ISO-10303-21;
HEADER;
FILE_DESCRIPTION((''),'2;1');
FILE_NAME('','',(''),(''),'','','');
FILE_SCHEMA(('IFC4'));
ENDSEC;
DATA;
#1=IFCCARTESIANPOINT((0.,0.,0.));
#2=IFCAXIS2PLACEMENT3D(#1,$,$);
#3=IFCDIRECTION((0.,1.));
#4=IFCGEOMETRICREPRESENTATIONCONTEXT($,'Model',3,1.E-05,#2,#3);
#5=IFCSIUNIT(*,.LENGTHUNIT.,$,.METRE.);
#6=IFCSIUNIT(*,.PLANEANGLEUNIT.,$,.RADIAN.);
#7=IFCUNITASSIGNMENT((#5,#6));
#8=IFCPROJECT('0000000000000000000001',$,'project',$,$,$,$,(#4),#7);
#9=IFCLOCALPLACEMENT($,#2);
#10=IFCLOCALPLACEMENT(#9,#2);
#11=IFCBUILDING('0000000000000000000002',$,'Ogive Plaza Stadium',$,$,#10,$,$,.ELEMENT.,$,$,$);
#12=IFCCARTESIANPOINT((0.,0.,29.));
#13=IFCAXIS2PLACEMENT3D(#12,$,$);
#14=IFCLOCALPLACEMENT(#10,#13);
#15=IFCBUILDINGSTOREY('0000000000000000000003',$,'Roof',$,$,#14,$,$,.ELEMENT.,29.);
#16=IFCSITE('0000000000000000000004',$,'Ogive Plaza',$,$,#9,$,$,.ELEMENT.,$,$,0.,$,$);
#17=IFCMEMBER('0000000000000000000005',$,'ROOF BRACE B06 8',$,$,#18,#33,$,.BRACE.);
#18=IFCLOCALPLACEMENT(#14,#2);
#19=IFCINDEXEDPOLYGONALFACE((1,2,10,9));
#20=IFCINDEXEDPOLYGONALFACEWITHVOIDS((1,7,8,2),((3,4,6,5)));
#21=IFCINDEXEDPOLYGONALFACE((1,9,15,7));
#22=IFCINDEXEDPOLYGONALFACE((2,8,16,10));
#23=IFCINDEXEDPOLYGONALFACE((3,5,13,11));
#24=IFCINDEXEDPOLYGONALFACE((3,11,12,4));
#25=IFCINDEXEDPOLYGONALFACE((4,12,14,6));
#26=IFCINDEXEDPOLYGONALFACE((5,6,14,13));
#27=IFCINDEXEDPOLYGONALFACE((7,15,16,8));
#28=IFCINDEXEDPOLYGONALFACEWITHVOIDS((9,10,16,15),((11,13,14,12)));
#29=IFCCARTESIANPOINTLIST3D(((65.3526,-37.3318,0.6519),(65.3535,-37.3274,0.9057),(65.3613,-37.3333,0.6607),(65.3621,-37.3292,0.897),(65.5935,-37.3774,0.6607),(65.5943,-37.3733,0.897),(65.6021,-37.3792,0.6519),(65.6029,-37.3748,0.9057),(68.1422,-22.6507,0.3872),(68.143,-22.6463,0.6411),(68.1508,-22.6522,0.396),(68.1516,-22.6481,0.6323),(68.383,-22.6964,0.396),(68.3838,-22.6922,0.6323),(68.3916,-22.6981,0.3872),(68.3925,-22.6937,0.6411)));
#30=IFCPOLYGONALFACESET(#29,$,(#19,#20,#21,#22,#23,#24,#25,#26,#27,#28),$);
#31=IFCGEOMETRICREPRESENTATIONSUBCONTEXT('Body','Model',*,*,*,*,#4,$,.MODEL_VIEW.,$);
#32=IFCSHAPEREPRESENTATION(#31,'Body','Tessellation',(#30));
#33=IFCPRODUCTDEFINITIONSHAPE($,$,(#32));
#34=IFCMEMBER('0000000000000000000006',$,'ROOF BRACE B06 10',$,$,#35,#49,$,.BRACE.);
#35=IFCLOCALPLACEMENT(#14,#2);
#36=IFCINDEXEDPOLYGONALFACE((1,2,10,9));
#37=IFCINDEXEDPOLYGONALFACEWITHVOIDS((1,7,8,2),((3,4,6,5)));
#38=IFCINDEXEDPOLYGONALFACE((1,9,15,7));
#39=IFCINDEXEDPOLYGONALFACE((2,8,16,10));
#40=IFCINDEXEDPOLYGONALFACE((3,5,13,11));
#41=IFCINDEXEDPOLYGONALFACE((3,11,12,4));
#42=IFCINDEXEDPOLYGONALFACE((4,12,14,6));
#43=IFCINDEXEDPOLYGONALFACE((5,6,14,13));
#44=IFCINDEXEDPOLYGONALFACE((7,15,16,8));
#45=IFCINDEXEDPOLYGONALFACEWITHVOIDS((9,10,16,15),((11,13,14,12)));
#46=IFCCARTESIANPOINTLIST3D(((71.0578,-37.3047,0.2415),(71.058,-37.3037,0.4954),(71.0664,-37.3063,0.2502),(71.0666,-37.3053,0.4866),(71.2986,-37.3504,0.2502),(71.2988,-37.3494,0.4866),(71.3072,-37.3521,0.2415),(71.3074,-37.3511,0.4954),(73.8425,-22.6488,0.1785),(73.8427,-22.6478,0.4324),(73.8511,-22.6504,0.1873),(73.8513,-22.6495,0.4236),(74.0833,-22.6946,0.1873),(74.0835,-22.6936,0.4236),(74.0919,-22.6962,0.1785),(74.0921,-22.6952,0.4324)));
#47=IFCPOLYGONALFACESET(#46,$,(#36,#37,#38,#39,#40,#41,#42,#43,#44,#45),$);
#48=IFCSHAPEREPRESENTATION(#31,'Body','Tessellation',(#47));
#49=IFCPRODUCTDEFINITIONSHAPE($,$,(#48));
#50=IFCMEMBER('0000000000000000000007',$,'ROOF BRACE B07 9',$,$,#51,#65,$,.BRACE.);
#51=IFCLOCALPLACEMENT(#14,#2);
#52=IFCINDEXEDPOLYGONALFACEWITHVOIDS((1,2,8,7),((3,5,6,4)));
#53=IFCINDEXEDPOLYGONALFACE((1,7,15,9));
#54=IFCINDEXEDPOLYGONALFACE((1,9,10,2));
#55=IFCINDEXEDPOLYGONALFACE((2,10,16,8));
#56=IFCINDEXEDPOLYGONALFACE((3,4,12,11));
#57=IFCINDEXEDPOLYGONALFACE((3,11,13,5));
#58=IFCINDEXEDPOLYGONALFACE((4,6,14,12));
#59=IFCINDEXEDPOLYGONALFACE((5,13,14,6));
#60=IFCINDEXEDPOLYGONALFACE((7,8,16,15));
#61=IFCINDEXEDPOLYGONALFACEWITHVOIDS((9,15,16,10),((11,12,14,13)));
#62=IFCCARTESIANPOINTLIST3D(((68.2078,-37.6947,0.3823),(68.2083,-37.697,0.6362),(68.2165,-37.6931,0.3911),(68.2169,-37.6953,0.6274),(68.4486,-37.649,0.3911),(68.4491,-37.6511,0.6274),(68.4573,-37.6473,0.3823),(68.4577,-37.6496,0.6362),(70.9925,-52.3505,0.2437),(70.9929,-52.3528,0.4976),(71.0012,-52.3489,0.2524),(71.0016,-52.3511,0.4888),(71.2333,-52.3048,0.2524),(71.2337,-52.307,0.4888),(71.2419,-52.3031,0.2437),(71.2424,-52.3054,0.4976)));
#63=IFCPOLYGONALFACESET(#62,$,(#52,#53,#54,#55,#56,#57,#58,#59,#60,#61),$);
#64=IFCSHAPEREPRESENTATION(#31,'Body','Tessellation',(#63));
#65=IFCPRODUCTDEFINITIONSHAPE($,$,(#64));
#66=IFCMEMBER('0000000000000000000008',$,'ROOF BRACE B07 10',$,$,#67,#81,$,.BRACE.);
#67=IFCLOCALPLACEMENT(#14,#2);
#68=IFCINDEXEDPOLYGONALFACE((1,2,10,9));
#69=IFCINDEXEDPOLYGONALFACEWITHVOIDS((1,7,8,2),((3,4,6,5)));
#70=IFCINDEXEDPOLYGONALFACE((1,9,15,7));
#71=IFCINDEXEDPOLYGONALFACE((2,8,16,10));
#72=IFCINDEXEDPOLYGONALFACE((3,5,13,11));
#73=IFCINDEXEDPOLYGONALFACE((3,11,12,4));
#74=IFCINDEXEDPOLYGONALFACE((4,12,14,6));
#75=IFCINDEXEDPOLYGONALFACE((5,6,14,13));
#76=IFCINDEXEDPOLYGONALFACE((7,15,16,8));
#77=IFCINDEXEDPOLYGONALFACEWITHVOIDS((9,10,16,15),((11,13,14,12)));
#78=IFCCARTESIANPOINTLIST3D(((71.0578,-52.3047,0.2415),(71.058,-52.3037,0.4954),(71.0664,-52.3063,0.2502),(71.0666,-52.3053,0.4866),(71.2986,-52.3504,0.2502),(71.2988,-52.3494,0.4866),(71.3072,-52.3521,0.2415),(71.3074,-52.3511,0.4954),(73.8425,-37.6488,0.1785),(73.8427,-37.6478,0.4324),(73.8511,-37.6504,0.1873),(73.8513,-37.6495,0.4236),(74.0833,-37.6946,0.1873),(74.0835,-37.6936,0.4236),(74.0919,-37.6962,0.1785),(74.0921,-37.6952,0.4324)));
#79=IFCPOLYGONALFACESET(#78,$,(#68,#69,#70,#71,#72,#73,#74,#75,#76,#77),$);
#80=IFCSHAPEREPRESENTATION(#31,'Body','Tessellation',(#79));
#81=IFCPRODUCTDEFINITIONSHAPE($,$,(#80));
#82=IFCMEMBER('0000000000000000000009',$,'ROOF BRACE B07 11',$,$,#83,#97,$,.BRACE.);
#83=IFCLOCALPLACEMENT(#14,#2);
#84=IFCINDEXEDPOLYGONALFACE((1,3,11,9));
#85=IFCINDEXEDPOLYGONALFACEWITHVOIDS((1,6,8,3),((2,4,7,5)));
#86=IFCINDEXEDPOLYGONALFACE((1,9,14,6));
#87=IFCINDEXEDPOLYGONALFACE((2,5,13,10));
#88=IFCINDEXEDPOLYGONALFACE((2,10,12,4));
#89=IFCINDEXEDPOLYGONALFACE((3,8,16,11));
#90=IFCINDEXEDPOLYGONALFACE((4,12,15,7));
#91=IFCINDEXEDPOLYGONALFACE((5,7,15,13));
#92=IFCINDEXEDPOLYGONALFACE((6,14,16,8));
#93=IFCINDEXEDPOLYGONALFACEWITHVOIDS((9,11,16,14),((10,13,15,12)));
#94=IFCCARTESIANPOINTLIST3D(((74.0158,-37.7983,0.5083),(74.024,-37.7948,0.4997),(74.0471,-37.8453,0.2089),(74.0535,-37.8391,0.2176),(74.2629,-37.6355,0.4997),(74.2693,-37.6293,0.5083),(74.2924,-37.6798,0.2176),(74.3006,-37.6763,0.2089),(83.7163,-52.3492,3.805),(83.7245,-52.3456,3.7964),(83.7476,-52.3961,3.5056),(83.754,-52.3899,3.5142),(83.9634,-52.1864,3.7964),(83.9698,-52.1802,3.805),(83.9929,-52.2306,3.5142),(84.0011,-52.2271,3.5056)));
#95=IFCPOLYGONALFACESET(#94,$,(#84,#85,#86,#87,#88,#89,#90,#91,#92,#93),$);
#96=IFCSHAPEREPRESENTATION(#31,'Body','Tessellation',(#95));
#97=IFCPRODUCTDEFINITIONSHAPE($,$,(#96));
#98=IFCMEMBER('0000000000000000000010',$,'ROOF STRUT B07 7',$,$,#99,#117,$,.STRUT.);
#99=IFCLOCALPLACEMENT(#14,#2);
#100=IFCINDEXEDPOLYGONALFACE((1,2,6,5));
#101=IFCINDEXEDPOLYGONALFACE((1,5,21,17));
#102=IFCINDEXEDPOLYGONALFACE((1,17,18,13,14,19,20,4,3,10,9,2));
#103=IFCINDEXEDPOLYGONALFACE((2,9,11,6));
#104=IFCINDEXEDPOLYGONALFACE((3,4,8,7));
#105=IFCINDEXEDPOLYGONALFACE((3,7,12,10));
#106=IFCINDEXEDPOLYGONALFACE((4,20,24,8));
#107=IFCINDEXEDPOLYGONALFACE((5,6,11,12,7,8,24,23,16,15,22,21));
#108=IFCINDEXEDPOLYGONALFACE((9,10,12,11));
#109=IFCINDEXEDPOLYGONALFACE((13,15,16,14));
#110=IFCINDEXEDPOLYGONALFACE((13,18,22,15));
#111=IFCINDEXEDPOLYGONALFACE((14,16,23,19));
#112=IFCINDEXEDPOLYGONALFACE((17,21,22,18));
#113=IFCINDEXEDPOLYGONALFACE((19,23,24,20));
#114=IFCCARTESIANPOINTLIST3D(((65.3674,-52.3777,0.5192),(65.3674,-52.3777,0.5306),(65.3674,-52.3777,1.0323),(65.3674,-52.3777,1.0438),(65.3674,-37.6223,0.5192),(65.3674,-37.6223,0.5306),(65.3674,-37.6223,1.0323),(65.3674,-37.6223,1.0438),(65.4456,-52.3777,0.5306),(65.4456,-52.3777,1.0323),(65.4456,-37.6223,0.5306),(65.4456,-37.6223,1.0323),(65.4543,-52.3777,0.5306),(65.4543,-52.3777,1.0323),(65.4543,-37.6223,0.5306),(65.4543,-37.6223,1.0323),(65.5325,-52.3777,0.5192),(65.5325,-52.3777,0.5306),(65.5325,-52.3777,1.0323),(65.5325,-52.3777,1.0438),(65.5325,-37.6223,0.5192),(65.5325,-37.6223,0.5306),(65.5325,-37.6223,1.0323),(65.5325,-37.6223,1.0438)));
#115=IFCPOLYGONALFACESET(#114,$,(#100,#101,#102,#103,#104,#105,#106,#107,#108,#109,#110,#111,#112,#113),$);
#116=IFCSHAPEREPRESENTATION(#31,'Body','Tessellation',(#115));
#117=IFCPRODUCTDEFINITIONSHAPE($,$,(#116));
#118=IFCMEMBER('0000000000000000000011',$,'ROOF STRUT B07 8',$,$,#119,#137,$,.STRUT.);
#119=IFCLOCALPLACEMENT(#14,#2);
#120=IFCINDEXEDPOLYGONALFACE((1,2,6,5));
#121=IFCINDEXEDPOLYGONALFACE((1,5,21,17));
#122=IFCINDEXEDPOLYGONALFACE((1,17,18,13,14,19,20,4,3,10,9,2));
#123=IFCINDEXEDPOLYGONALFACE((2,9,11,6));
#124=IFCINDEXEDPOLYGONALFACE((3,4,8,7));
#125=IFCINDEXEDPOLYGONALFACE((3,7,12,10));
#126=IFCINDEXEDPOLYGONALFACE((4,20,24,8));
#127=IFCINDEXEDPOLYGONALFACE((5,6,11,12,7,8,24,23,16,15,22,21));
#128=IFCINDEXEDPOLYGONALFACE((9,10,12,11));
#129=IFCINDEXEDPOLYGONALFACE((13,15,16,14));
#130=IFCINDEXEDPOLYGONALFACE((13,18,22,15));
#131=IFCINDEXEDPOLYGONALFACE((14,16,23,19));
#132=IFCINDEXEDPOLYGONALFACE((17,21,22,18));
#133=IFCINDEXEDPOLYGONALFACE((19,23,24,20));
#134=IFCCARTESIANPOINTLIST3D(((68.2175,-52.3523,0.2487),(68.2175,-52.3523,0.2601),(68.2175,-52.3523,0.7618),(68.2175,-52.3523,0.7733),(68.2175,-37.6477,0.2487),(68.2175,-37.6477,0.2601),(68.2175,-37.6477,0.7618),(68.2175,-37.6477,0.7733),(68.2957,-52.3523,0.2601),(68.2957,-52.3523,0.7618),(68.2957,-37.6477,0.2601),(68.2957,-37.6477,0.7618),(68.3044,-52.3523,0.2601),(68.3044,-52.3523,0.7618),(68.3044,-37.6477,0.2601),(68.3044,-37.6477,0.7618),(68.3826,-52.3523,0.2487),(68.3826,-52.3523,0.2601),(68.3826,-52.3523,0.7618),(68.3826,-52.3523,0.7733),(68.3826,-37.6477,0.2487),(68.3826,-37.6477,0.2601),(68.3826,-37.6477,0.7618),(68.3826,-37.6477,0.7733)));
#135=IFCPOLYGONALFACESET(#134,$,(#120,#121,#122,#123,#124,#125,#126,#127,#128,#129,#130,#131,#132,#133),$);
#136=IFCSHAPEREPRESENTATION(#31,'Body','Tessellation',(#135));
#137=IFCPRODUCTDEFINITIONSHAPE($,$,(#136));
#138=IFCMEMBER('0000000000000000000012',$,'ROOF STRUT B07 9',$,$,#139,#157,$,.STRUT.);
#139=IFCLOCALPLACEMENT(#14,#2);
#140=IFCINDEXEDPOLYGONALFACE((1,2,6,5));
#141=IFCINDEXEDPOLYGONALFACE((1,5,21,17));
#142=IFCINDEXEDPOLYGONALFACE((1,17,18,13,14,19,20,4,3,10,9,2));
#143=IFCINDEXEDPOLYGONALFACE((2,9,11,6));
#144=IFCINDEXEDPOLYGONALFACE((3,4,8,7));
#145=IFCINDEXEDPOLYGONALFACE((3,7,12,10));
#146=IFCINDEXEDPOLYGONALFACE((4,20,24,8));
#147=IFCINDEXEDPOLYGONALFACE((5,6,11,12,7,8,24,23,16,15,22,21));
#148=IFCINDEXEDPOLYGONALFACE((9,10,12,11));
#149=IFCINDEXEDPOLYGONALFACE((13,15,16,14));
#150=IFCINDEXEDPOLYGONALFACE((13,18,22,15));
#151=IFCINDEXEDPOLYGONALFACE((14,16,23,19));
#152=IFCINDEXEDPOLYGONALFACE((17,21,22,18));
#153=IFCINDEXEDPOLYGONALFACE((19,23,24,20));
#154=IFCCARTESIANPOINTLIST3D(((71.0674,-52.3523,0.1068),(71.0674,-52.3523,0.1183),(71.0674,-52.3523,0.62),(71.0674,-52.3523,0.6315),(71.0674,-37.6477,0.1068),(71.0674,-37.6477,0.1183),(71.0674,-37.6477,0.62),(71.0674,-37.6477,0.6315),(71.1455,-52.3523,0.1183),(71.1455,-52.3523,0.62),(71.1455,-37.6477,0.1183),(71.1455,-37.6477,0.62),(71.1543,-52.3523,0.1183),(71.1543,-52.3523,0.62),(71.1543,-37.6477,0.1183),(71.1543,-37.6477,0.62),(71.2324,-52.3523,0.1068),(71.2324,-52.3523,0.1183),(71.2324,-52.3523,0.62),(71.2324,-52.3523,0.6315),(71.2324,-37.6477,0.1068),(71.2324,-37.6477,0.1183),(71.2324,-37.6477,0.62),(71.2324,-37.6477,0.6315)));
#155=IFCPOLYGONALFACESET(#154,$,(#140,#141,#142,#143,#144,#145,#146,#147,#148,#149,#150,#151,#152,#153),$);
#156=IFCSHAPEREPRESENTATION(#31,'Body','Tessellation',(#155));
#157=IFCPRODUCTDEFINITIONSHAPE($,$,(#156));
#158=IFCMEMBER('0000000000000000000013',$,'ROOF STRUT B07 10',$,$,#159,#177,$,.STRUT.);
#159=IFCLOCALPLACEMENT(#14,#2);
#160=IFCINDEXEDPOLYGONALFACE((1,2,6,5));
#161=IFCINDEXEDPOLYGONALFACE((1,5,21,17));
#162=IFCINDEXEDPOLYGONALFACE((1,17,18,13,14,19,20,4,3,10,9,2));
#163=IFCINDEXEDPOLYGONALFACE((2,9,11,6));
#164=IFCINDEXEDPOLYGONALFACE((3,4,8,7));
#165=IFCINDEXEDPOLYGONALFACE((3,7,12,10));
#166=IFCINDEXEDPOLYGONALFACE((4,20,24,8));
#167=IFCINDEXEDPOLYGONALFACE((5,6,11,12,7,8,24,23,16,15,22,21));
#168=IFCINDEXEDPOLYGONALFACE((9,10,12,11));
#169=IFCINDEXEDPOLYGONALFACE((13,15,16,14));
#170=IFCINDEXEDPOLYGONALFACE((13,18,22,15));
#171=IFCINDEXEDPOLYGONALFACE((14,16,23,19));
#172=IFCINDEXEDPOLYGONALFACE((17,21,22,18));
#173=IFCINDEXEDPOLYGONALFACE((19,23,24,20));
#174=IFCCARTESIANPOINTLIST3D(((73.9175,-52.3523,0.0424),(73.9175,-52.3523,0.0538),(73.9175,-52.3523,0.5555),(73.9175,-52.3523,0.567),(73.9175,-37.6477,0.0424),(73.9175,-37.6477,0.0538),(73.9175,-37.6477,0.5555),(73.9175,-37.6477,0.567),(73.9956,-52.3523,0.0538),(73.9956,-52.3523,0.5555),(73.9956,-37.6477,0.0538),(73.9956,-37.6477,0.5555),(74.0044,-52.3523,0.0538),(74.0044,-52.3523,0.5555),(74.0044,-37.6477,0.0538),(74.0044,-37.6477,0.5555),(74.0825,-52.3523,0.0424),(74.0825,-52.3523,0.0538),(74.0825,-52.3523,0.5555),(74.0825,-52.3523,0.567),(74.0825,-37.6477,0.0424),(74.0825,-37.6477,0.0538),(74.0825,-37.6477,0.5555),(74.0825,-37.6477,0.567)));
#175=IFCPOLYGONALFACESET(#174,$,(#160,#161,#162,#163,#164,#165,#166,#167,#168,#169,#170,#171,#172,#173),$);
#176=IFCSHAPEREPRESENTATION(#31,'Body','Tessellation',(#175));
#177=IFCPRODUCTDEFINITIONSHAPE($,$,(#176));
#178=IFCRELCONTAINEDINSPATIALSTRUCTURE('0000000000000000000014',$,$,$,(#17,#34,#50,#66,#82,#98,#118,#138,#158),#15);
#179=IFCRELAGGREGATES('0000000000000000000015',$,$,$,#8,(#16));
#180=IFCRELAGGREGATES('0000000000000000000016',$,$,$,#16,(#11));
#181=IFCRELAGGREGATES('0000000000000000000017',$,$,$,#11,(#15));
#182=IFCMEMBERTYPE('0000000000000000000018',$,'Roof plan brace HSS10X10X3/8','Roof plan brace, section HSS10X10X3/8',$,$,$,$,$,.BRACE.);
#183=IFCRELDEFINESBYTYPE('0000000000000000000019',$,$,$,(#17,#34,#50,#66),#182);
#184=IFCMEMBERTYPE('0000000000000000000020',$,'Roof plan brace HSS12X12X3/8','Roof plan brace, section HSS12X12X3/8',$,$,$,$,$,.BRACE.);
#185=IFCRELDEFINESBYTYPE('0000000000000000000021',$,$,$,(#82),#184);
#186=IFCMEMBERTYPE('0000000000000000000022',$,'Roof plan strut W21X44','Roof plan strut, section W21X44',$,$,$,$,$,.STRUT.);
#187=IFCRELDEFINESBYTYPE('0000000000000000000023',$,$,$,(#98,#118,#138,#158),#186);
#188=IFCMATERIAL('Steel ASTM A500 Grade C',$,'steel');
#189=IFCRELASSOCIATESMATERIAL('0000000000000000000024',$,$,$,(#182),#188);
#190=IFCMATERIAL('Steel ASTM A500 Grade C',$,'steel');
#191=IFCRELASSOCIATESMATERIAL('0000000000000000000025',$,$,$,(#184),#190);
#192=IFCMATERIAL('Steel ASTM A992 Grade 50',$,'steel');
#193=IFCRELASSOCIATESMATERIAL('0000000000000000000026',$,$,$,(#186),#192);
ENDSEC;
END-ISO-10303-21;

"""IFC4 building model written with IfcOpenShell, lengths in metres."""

from ifc_helpers import new_model, si_unit, direction, frame, origin, origin_2d, place, context, subcontext, project, spatial, hollow_rectangle, i_section, extrude, material, material_profile, profile_set, type_object, element, save


model = new_model("IFC4")

# Units and contexts
model_context = context("Model", 3, precision=1e-05, world=origin(), true_north=direction((0.0, 1.0)))
body_context = subcontext(model_context, "Body", "Model", "MODEL_VIEW")
ifc_project = project(units=[si_unit("LENGTHUNIT", "METRE"), si_unit("PLANEANGLEUNIT", "RADIAN")], contexts=[model_context])

# Site, building, storey
site_placement = place(None, origin())
site = spatial("IfcSite", under=ifc_project, at=site_placement, Name="Ogive Plaza", CompositionType="ELEMENT", RefElevation=0.0)
building_placement = place(site_placement, origin())
building = spatial("IfcBuilding", under=site, at=building_placement, Name="Ogive Plaza Stadium", CompositionType="ELEMENT")
storey_placement = place(building_placement, frame((0.0, 0.0, 29.0)))
storey = spatial("IfcBuildingStorey", under=building, at=storey_placement, Name="Roof", CompositionType="ELEMENT", Elevation=29.0)

# Members
ifc_material_1 = material(Name="Steel ASTM A500 Grade C", Category="steel")
ifc_material_profile_1 = material_profile(ifc_material_1, hollow_rectangle(XDim=0.2539, YDim=0.2539, WallThickness=0.0088, at=origin_2d()), Name="HSS10X10X3/8")
ifc_profile_set_1 = profile_set([ifc_material_profile_1], Name="Steel ASTM A500 Grade C")
member_type_1 = type_object("IfcMemberType", Name="Roof plan brace HSS10X10X3/8", Description="Roof plan brace, section HSS10X10X3/8", PredefinedType="BRACE", material=ifc_profile_set_1)
member_1_placement = place(storey_placement, frame((65.4778, -37.3533, 0.7788), z_axis=(0.18664, 0.982269, -0.017707), x_axis=(-0.982423, 0.186669, 0.0)))
element("IfcMember", 1, at=member_1_placement, inside=storey, type_object=member_type_1, Name="ROOF BRACE B06 8", PredefinedType="BRACE", context=body_context, shape_type="SweptSolid", body=[
    extrude(hollow_rectangle(XDim=0.2539, YDim=0.2539, WallThickness=0.0088, at=origin_2d()), origin(), (0.0, 0.0, 1.0), 14.946),
])
member_2_placement = place(storey_placement, frame((71.1826, -37.3279, 0.3684), z_axis=(0.186664, 0.982415, -0.004222), x_axis=(-0.982424, 0.186665, 0.0)))
element("IfcMember", 2, at=member_2_placement, inside=storey, type_object=member_type_1, Name="ROOF BRACE B06 10", PredefinedType="BRACE", context=body_context, shape_type="SweptSolid", body=[
    extrude(hollow_rectangle(XDim=0.2539, YDim=0.2539, WallThickness=0.0088, at=origin_2d()), origin(), (0.0, 0.0, 1.0), 14.9182),
])
member_3_placement = place(storey_placement, frame((68.3328, -37.6721, 0.5093), z_axis=(0.186657, -0.982381, -0.009295), x_axis=(0.982424, 0.186665, 0.0)))
element("IfcMember", 3, at=member_3_placement, inside=storey, type_object=member_type_1, Name="ROOF BRACE B07 9", PredefinedType="BRACE", context=body_context, shape_type="SweptSolid", body=[
    extrude(hollow_rectangle(XDim=0.2539, YDim=0.2539, WallThickness=0.0088, at=origin_2d()), origin(), (0.0, 0.0, 1.0), 14.9187),
])
member_4_placement = place(storey_placement, frame((71.1826, -52.3279, 0.3684), z_axis=(0.186664, 0.982415, -0.004222), x_axis=(-0.982424, 0.186665, 0.0)))
element("IfcMember", 4, at=member_4_placement, inside=storey, type_object=member_type_1, Name="ROOF BRACE B07 10", PredefinedType="BRACE", context=body_context, shape_type="SweptSolid", body=[
    extrude(hollow_rectangle(XDim=0.2539, YDim=0.2539, WallThickness=0.0088, at=origin_2d()), origin(), (0.0, 0.0, 1.0), 14.9182),
])
ifc_material_2 = material(Name="Steel ASTM A500 Grade C", Category="steel")
ifc_material_profile_2 = material_profile(ifc_material_2, hollow_rectangle(XDim=0.3047, YDim=0.3047, WallThickness=0.0088, at=origin_2d()), Name="HSS12X12X3/8")
ifc_profile_set_2 = profile_set([ifc_material_profile_2], Name="Steel ASTM A500 Grade C")
member_type_2 = type_object("IfcMemberType", Name="Roof plan brace HSS12X12X3/8", Description="Roof plan brace, section HSS12X12X3/8", PredefinedType="BRACE", material=ifc_profile_set_2)
member_5_placement = place(storey_placement, frame((74.1582, -37.7373, 0.3586), z_axis=(0.545096, -0.817651, 0.185247), x_axis=(0.832052, 0.554697, 0.0)))
element("IfcMember", 5, at=member_5_placement, inside=storey, type_object=member_type_2, Name="ROOF BRACE B07 11", PredefinedType="BRACE", context=body_context, shape_type="SweptSolid", body=[
    extrude(hollow_rectangle(XDim=0.3047, YDim=0.3047, WallThickness=0.0088, at=origin_2d()), origin(), (0.0, 0.0, 1.0), 17.7959),
])
ifc_material_3 = material(Name="Steel ASTM A992 Grade 50", Category="steel")
ifc_material_profile_3 = material_profile(ifc_material_3, i_section(OverallWidth=0.165, OverallDepth=0.5247, WebThickness=0.0088, FlangeThickness=0.0115, at=origin_2d()), Name="W21X44")
ifc_profile_set_3 = profile_set([ifc_material_profile_3], Name="Steel ASTM A992 Grade 50")
member_type_3 = type_object("IfcMemberType", Name="Roof plan strut W21X44", Description="Roof plan strut, section W21X44", PredefinedType="STRUT", material=ifc_profile_set_3)
member_6_placement = place(storey_placement, frame((65.45, -37.6223, 0.7815), z_axis=(0.0, -1.0, 0.0), x_axis=(1.0, 0.0, 0.0)))
element("IfcMember", 6, at=member_6_placement, inside=storey, type_object=member_type_3, Name="ROOF STRUT B07 7", PredefinedType="STRUT", context=body_context, shape_type="SweptSolid", body=[
    extrude(i_section(OverallWidth=0.165, OverallDepth=0.5247, WebThickness=0.0088, FlangeThickness=0.0115, at=origin_2d()), origin(), (0.0, 0.0, 1.0), 14.7554),
])
for number, where, z_axis, x_axis, name in (
    (7, (68.3, -37.6477, 0.511), (0.0, -1.0, 0.0), (1.0, 0.0, 0.0), "ROOF STRUT B07 8"),
    (8, (71.1499, -37.6477, 0.3691), (0.0, -1.0, 0.0), (1.0, 0.0, 0.0), "ROOF STRUT B07 9"),
    (9, (74.0, -37.6477, 0.3047), (0.0, -1.0, 0.0), (1.0, 0.0, 0.0), "ROOF STRUT B07 10"),
):
    element("IfcMember", number, at=place(storey_placement, frame(where, z_axis=z_axis, x_axis=x_axis)), inside=storey, type_object=member_type_3, Name=name, PredefinedType="STRUT", context=body_context, shape_type="SweptSolid", body=[
        extrude(i_section(OverallWidth=0.165, OverallDepth=0.5247, WebThickness=0.0088, FlangeThickness=0.0115, at=origin_2d()), origin(), (0.0, 0.0, 1.0), 14.7046),
    ])

save(model, "model.ifc")
